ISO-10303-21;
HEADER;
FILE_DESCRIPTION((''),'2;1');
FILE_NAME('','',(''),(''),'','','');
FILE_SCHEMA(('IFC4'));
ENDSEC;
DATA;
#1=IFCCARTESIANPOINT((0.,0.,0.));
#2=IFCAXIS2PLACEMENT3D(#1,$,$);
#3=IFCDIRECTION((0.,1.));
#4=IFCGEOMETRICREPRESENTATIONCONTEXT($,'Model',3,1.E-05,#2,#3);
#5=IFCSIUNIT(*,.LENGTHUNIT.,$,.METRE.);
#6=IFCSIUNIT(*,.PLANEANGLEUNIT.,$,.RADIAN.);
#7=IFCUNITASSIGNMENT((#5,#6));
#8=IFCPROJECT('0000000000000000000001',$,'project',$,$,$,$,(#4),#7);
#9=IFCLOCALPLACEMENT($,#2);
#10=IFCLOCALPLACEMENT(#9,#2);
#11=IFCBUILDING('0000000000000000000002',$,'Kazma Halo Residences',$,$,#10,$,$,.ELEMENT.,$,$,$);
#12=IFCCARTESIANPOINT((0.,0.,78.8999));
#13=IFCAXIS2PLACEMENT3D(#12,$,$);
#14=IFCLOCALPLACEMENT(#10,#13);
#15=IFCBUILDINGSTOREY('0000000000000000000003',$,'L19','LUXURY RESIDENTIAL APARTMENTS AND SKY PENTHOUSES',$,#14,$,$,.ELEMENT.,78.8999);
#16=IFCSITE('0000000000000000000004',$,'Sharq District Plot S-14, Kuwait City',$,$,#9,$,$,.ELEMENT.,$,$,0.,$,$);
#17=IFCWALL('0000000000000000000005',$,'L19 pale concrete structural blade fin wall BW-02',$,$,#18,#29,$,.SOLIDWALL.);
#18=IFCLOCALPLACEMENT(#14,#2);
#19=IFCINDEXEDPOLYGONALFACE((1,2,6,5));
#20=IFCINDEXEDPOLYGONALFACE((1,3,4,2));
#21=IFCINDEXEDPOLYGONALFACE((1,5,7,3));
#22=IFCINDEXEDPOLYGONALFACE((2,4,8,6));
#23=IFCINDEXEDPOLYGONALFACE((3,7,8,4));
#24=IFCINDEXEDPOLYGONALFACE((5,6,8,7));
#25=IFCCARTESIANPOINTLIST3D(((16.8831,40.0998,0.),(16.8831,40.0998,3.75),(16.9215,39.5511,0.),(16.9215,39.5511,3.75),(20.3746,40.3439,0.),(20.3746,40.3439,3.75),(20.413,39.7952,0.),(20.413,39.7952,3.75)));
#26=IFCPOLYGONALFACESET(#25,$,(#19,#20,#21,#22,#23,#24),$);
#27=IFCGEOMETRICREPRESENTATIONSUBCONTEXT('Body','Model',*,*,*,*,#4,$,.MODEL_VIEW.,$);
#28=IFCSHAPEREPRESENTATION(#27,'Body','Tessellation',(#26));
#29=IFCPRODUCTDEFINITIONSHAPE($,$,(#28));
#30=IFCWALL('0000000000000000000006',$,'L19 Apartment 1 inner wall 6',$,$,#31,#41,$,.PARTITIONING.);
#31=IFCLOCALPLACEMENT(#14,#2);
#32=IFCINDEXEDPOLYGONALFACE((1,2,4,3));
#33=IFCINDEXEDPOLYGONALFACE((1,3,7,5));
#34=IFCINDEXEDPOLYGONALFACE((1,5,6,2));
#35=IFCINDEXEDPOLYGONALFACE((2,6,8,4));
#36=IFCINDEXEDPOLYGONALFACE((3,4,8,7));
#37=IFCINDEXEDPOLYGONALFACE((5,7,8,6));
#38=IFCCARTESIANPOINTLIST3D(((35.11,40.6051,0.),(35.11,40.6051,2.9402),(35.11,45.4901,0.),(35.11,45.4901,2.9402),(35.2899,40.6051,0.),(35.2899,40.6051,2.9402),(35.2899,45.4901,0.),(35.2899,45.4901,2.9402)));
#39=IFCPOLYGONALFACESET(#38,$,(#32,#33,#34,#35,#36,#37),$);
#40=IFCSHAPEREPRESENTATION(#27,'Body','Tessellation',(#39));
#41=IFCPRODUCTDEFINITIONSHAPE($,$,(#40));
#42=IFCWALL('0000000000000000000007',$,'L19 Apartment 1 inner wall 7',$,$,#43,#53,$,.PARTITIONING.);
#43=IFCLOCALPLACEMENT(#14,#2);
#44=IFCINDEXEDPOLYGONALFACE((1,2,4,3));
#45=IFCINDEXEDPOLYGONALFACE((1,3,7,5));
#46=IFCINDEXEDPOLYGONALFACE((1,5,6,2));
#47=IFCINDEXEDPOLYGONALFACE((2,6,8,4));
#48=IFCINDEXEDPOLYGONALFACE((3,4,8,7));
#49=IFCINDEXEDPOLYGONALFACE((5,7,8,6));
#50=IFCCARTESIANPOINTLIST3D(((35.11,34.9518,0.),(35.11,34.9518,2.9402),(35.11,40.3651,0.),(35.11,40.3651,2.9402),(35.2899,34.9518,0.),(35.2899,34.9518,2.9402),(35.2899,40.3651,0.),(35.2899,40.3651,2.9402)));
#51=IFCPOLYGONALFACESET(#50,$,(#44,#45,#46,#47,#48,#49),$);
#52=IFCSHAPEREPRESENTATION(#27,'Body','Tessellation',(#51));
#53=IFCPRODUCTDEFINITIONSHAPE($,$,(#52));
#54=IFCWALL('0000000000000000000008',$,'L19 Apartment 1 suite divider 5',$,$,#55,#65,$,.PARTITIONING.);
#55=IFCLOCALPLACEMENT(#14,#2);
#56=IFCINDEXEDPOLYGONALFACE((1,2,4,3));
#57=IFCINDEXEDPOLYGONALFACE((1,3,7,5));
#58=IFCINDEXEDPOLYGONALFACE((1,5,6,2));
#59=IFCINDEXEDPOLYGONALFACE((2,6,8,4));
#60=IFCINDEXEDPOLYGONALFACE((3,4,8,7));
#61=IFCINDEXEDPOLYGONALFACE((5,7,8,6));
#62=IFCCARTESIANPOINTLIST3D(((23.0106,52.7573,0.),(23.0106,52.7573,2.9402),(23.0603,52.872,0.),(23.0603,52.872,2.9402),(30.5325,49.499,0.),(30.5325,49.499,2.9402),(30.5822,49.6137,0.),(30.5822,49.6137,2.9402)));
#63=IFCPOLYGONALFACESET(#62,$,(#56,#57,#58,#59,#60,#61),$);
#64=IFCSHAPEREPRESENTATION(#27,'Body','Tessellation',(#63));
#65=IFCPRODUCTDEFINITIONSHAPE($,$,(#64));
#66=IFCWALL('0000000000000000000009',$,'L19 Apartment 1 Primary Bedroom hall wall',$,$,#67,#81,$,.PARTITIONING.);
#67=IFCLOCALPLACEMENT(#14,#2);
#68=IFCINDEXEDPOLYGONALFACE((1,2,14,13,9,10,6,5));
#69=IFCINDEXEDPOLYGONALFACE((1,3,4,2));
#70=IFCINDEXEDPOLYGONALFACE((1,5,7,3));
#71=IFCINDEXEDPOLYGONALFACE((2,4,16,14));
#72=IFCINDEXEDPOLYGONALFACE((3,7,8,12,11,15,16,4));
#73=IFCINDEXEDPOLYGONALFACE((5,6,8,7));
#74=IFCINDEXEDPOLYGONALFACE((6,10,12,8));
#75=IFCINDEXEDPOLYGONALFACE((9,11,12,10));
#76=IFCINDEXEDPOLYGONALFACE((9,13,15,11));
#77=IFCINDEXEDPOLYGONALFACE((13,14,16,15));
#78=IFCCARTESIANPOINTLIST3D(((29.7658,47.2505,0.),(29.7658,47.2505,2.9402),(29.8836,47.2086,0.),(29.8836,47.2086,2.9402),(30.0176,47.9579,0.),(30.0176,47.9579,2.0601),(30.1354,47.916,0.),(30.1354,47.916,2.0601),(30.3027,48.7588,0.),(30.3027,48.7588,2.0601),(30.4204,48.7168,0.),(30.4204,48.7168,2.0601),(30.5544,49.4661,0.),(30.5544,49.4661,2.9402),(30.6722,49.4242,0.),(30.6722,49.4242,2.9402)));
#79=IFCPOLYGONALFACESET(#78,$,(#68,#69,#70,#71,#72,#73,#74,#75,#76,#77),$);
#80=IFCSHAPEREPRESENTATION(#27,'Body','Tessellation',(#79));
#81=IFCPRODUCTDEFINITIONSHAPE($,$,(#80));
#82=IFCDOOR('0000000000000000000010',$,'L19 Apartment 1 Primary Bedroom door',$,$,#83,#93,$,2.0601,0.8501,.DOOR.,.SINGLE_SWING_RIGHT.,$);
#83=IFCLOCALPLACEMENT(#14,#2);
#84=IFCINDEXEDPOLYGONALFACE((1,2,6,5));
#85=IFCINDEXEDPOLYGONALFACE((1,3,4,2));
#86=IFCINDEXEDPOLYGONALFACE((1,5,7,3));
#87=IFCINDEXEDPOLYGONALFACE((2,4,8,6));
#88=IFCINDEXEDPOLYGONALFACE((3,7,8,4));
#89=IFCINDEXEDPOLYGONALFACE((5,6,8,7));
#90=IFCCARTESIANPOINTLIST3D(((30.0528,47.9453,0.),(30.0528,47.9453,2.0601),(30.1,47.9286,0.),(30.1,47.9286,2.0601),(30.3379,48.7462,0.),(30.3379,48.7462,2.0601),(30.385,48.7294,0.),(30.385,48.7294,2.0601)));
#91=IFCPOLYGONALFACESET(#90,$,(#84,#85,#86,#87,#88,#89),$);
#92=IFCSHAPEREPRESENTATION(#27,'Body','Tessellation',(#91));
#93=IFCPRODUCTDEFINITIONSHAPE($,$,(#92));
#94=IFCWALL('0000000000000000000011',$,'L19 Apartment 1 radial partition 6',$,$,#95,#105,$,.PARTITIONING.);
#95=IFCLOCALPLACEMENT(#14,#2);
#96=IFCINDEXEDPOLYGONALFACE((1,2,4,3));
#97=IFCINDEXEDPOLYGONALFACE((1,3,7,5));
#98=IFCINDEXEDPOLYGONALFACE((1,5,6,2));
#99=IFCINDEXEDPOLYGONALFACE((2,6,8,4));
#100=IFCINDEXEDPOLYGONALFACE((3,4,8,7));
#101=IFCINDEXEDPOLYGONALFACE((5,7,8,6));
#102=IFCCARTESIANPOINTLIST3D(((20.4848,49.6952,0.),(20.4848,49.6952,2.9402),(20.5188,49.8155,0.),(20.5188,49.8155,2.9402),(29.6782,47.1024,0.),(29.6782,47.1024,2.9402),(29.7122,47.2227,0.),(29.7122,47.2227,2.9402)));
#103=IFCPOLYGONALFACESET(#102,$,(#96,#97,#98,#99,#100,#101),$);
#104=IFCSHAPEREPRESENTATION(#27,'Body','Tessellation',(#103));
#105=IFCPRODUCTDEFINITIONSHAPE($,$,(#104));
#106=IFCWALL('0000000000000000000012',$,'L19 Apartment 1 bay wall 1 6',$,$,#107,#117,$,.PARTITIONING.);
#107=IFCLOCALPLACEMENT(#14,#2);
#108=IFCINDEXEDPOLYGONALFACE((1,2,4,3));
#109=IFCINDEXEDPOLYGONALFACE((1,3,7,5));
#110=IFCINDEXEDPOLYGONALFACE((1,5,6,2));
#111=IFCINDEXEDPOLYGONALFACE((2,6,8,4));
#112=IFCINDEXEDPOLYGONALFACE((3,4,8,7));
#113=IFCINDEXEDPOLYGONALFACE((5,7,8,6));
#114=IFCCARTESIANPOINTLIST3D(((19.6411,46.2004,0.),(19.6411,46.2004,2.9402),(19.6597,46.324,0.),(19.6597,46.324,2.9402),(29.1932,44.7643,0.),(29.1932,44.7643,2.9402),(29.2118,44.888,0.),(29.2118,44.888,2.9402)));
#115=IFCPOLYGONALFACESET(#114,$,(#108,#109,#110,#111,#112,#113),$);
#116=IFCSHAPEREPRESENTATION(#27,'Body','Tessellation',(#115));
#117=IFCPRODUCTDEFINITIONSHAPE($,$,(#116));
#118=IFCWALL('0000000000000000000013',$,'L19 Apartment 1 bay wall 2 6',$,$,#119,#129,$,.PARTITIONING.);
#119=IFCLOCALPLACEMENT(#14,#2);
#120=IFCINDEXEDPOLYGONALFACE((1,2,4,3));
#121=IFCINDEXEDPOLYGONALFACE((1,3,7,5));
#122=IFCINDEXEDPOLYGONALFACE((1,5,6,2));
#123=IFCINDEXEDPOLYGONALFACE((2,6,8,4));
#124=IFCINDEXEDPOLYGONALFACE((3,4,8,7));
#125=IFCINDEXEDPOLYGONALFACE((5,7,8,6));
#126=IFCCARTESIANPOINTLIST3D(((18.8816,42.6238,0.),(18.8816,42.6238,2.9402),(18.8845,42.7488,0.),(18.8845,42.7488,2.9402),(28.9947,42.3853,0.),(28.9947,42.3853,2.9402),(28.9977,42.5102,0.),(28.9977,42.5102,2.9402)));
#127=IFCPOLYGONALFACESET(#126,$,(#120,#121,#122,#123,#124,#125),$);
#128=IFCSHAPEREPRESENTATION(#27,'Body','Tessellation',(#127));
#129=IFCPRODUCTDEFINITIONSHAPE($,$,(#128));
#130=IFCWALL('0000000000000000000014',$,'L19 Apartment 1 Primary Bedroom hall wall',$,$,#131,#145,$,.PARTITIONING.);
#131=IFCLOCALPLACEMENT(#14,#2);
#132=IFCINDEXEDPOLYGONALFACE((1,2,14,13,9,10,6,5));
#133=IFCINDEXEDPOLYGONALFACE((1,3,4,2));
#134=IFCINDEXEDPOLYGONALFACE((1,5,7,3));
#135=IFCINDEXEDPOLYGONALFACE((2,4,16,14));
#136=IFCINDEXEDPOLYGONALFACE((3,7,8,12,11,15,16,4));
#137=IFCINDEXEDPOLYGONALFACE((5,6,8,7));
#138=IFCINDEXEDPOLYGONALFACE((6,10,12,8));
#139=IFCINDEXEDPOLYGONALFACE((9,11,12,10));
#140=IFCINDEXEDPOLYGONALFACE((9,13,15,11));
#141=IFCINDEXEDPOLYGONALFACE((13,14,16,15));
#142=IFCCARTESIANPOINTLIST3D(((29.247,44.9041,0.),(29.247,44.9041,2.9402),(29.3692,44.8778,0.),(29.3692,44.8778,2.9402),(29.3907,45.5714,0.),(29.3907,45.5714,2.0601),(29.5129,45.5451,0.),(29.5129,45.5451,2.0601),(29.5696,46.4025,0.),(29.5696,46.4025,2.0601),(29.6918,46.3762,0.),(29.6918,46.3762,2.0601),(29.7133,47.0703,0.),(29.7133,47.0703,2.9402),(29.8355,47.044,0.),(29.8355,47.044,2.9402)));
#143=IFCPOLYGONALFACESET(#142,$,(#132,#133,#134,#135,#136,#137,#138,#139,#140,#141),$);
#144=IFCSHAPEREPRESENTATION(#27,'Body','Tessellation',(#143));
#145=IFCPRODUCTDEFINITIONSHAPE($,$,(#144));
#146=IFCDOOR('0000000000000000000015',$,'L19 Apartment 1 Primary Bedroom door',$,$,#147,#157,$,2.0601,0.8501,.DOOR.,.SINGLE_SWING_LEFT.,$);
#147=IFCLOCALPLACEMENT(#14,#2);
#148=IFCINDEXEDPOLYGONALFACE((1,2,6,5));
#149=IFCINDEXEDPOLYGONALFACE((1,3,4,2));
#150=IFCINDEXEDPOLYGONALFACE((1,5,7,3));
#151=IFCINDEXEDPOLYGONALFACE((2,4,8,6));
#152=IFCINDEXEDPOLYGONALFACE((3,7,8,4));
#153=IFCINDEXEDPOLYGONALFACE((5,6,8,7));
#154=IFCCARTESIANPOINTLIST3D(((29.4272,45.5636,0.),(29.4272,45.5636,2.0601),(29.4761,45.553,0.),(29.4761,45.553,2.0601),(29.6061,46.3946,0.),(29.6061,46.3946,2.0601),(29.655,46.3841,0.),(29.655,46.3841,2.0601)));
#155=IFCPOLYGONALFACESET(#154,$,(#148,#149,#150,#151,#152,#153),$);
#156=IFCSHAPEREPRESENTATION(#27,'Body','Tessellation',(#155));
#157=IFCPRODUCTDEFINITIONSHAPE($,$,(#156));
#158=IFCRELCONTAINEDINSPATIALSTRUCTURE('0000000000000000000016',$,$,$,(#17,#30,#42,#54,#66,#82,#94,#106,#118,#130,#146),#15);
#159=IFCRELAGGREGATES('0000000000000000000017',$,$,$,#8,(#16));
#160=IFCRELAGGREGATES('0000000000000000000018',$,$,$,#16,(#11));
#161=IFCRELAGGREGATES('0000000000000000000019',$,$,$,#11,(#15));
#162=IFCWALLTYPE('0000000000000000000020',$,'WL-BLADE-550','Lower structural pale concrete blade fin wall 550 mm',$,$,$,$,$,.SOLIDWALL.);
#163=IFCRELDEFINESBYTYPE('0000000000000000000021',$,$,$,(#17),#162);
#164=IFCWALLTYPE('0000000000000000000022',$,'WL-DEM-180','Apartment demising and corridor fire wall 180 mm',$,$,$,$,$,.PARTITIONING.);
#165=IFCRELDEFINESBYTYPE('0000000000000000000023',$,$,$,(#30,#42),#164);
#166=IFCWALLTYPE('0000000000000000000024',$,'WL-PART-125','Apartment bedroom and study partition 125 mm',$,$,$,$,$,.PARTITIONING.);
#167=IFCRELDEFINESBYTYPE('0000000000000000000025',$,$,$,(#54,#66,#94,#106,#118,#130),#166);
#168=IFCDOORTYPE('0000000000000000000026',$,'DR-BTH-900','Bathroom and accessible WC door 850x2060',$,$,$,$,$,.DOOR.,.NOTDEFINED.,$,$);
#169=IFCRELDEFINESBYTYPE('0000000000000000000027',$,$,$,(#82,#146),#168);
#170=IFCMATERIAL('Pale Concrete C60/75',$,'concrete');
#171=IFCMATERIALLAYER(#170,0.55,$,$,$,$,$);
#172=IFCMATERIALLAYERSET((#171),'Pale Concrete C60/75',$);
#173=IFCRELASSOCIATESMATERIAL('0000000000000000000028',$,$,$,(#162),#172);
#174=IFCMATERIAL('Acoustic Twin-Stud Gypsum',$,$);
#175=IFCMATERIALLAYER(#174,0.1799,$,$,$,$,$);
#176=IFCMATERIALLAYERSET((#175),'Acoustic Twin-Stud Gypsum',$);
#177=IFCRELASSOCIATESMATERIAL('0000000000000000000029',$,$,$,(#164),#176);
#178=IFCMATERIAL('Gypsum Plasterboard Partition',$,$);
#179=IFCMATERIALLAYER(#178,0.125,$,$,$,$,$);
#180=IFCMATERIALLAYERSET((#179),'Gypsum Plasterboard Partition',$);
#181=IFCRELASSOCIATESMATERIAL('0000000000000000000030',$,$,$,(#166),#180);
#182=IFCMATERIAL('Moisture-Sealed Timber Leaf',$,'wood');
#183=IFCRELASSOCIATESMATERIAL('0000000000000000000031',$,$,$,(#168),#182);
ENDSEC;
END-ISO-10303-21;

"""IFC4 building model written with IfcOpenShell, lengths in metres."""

from ifc_helpers import new_model, si_unit, direction, frame, frame_2d, origin, place, context, subcontext, project, spatial, rectangle, extrude, material, layer, layer_set, type_object, element, fill, save


model = new_model("IFC4")

# Units and contexts
model_context = context("Model", 3, precision=1e-05, world=origin(), true_north=direction((0.0, 1.0)))
body_context = subcontext(model_context, "Body", "Model", "MODEL_VIEW")
ifc_project = project(units=[si_unit("LENGTHUNIT", "METRE"), si_unit("PLANEANGLEUNIT", "RADIAN")], contexts=[model_context])

# Site, building, storey
site_placement = place(None, origin())
site = spatial("IfcSite", under=ifc_project, at=site_placement, Name="Sharq District Plot S-14, Kuwait City", CompositionType="ELEMENT", RefElevation=0.0)
building_placement = place(site_placement, origin())
building = spatial("IfcBuilding", under=site, at=building_placement, Name="Kazma Halo Residences", CompositionType="ELEMENT")
storey_placement = place(building_placement, frame((0.0, 0.0, 78.8999)))
storey = spatial("IfcBuildingStorey", under=building, at=storey_placement, Name="L19", Description="LUXURY RESIDENTIAL APARTMENTS AND SKY PENTHOUSES", CompositionType="ELEMENT", Elevation=78.8999)

# Walls
ifc_material_1 = material(Name="Pale Concrete C60/75", Category="concrete")
ifc_layer_1 = layer(ifc_material_1, 0.55)
ifc_layer_set_1 = layer_set([ifc_layer_1], Name="Pale Concrete C60/75")
wall_type_1 = type_object("IfcWallType", Name="WL-BLADE-550", Description="Lower structural pale concrete blade fin wall 550 mm", PredefinedType="SOLIDWALL", material=ifc_layer_set_1)
wall_1_placement = place(storey_placement, frame((20.3938, 40.0696, 0.0), z_axis=(0.0, 0.0, 1.0), x_axis=(-0.997564, -0.069755, 0.0)))
element("IfcWall", 1, at=wall_1_placement, inside=storey, type_object=wall_type_1, Name="L19 pale concrete structural blade fin wall BW-02", PredefinedType="SOLIDWALL", context=body_context, shape_type="SweptSolid", body=[
    extrude(rectangle(XDim=3.5, YDim=0.55, at=frame_2d((1.75, 0.0))), origin(), (0.0, 0.0, 1.0), 3.75),
])
ifc_material_2 = material(Name="Acoustic Twin-Stud Gypsum")
ifc_layer_2 = layer(ifc_material_2, 0.1799)
ifc_layer_set_2 = layer_set([ifc_layer_2], Name="Acoustic Twin-Stud Gypsum")
wall_type_2 = type_object("IfcWallType", Name="WL-DEM-180", Description="Apartment demising and corridor fire wall 180 mm", PredefinedType="PARTITIONING", material=ifc_layer_set_2)
wall_2_placement = place(storey_placement, frame((35.2, 45.49, 0.0), z_axis=(0.0, 0.0, 1.0), x_axis=(0.0, -1.0, 0.0)))
element("IfcWall", 2, at=wall_2_placement, inside=storey, type_object=wall_type_2, Name="L19 Apartment 1 inner wall 6", PredefinedType="PARTITIONING", context=body_context, shape_type="SweptSolid", body=[
    extrude(rectangle(XDim=4.885, YDim=0.1799, at=frame_2d((2.4424, 0.0))), origin(), (0.0, 0.0, 1.0), 2.9402),
])
wall_3_placement = place(storey_placement, frame((35.2, 40.365, 0.0), z_axis=(0.0, 0.0, 1.0), x_axis=(0.0, -1.0, 0.0)))
element("IfcWall", 3, at=wall_3_placement, inside=storey, type_object=wall_type_2, Name="L19 Apartment 1 inner wall 7", PredefinedType="PARTITIONING", context=body_context, shape_type="SweptSolid", body=[
    extrude(rectangle(XDim=5.4133, YDim=0.1799, at=frame_2d((2.7065, 0.0))), origin(), (0.0, 0.0, 1.0), 2.9402),
])
ifc_material_3 = material(Name="Gypsum Plasterboard Partition")
ifc_layer_3 = layer(ifc_material_3, 0.125)
ifc_layer_set_3 = layer_set([ifc_layer_3], Name="Gypsum Plasterboard Partition")
wall_type_3 = type_object("IfcWallType", Name="WL-PART-125", Description="Apartment bedroom and study partition 125 mm", PredefinedType="PARTITIONING", material=ifc_layer_set_3)
wall_4_placement = place(storey_placement, frame((30.5574, 49.5564, 0.0), z_axis=(0.0, 0.0, 1.0), x_axis=(-0.91761, 0.397482, 0.0)))
element("IfcWall", 4, at=wall_4_placement, inside=storey, type_object=wall_type_3, Name="L19 Apartment 1 suite divider 5", PredefinedType="PARTITIONING", context=body_context, shape_type="SweptSolid", body=[
    extrude(rectangle(XDim=8.1973, YDim=0.125, at=frame_2d((4.0986, 0.0))), origin(), (0.0, 0.0, 1.0), 2.9402),
])

# Wall, opening, door
wall_5_placement = place(storey_placement, frame((30.6133, 49.4451, 0.0), z_axis=(0.0, 0.0, 1.0), x_axis=(-0.335317, -0.942105, 0.0)))
wall_5 = element("IfcWall", 5, at=wall_5_placement, inside=storey, type_object=wall_type_3, Name="L19 Apartment 1 Primary Bedroom hall wall", PredefinedType="PARTITIONING", context=body_context, shape_type="SweptSolid", body=[
    extrude(rectangle(XDim=2.3518, YDim=0.125, at=frame_2d((1.1758, 0.0))), origin(), (0.0, 0.0, 1.0), 2.9402),
])
opening_1_placement = place(wall_5_placement, frame((0.7507, 0.0, 0.0)))
opening_1 = element("IfcOpeningElement", 6, at=opening_1_placement, cuts=wall_5, PredefinedType="OPENING", context=body_context, shape_type="SweptSolid", body=[
    extrude(rectangle(XDim=0.8501, YDim=2.0601, at=frame_2d((0.425, 1.03))), frame((0.0, 0.0725, 0.0), z_axis=(0.0, -1.0, 0.0), x_axis=(1.0, 0.0, 0.0)), (0.0, 0.0, 1.0), 0.145),
])
ifc_material_4 = material(Name="Moisture-Sealed Timber Leaf", Category="wood")
door_type = type_object("IfcDoorType", Name="DR-BTH-900", Description="Bathroom and accessible WC door 850x2060", OperationType="NOTDEFINED", PredefinedType="DOOR", material=ifc_material_4)
door_1_placement = place(opening_1_placement, origin())
door_1 = element("IfcDoor", 7, at=door_1_placement, inside=storey, type_object=door_type, Name="L19 Apartment 1 Primary Bedroom door", OperationType="SINGLE_SWING_RIGHT", OverallHeight=2.0601, OverallWidth=0.8501, PredefinedType="DOOR", context=body_context, shape_type="SweptSolid", body=[
    extrude(rectangle(XDim=0.8501, YDim=2.0601, at=frame_2d((0.425, 1.03))), frame((0.0, 0.0249, 0.0), z_axis=(0.0, -1.0, 0.0), x_axis=(1.0, 0.0, 0.0)), (0.0, 0.0, 1.0), 0.05),
])
fill(opening_1, door_1)

# Walls
wall_6_placement = place(storey_placement, frame((29.6951, 47.1626, 0.0), z_axis=(0.0, 0.0, 1.0), x_axis=(-0.962456, 0.271438, 0.0)))
element("IfcWall", 8, at=wall_6_placement, inside=storey, type_object=wall_type_3, Name="L19 Apartment 1 radial partition 6", PredefinedType="PARTITIONING", context=body_context, shape_type="SweptSolid", body=[
    extrude(rectangle(XDim=9.552, YDim=0.125, at=frame_2d((4.7759, 0.0))), origin(), (0.0, 0.0, 1.0), 2.9402),
])
wall_7_placement = place(storey_placement, frame((29.2024, 44.8262, 0.0), z_axis=(0.0, 0.0, 1.0), x_axis=(-0.988887, 0.148668, 0.0)))
element("IfcWall", 9, at=wall_7_placement, inside=storey, type_object=wall_type_3, Name="L19 Apartment 1 bay wall 1 6", PredefinedType="PARTITIONING", context=body_context, shape_type="SweptSolid", body=[
    extrude(rectangle(XDim=9.6594, YDim=0.125, at=frame_2d((4.8296, 0.0))), origin(), (0.0, 0.0, 1.0), 2.9402),
])
wall_8_placement = place(storey_placement, frame((28.9963, 42.4478, 0.0), z_axis=(0.0, 0.0, 1.0), x_axis=(-0.999722, 0.023579, 0.0)))
element("IfcWall", 10, at=wall_8_placement, inside=storey, type_object=wall_type_3, Name="L19 Apartment 1 bay wall 2 6", PredefinedType="PARTITIONING", context=body_context, shape_type="SweptSolid", body=[
    extrude(rectangle(XDim=10.116, YDim=0.125, at=frame_2d((5.0581, 0.0))), origin(), (0.0, 0.0, 1.0), 2.9402),
])

# Wall, opening, door
wall_9_placement = place(storey_placement, frame((29.7744, 47.0571, 0.0), z_axis=(0.0, 0.0, 1.0), x_axis=(-0.210439, -0.977607, 0.0)))
wall_9 = element("IfcWall", 11, at=wall_9_placement, inside=storey, type_object=wall_type_3, Name="L19 Apartment 1 Primary Bedroom hall wall", PredefinedType="PARTITIONING", context=body_context, shape_type="SweptSolid", body=[
    extrude(rectangle(XDim=2.2158, YDim=0.125, at=frame_2d((1.1079, 0.0))), origin(), (0.0, 0.0, 1.0), 2.9402),
])
opening_2_placement = place(wall_9_placement, frame((0.6831, 0.0, 0.0)))
opening_2 = element("IfcOpeningElement", 12, at=opening_2_placement, cuts=wall_9, PredefinedType="OPENING", context=body_context, shape_type="SweptSolid", body=[
    extrude(rectangle(XDim=0.8501, YDim=2.0601, at=frame_2d((0.425, 1.03))), frame((0.0, 0.0725, 0.0), z_axis=(0.0, -1.0, 0.0), x_axis=(1.0, 0.0, 0.0)), (0.0, 0.0, 1.0), 0.145),
])
door_2_placement = place(opening_2_placement, origin())
door_2 = element("IfcDoor", 13, at=door_2_placement, inside=storey, type_object=door_type, Name="L19 Apartment 1 Primary Bedroom door", OperationType="SINGLE_SWING_LEFT", OverallHeight=2.0601, OverallWidth=0.8501, PredefinedType="DOOR", context=body_context, shape_type="SweptSolid", body=[
    extrude(rectangle(XDim=0.8501, YDim=2.0601, at=frame_2d((0.425, 1.03))), frame((0.0, 0.0249, 0.0), z_axis=(0.0, -1.0, 0.0), x_axis=(1.0, 0.0, 0.0)), (0.0, 0.0, 1.0), 0.05),
])
fill(opening_2, door_2)

save(model, "model.ifc")
